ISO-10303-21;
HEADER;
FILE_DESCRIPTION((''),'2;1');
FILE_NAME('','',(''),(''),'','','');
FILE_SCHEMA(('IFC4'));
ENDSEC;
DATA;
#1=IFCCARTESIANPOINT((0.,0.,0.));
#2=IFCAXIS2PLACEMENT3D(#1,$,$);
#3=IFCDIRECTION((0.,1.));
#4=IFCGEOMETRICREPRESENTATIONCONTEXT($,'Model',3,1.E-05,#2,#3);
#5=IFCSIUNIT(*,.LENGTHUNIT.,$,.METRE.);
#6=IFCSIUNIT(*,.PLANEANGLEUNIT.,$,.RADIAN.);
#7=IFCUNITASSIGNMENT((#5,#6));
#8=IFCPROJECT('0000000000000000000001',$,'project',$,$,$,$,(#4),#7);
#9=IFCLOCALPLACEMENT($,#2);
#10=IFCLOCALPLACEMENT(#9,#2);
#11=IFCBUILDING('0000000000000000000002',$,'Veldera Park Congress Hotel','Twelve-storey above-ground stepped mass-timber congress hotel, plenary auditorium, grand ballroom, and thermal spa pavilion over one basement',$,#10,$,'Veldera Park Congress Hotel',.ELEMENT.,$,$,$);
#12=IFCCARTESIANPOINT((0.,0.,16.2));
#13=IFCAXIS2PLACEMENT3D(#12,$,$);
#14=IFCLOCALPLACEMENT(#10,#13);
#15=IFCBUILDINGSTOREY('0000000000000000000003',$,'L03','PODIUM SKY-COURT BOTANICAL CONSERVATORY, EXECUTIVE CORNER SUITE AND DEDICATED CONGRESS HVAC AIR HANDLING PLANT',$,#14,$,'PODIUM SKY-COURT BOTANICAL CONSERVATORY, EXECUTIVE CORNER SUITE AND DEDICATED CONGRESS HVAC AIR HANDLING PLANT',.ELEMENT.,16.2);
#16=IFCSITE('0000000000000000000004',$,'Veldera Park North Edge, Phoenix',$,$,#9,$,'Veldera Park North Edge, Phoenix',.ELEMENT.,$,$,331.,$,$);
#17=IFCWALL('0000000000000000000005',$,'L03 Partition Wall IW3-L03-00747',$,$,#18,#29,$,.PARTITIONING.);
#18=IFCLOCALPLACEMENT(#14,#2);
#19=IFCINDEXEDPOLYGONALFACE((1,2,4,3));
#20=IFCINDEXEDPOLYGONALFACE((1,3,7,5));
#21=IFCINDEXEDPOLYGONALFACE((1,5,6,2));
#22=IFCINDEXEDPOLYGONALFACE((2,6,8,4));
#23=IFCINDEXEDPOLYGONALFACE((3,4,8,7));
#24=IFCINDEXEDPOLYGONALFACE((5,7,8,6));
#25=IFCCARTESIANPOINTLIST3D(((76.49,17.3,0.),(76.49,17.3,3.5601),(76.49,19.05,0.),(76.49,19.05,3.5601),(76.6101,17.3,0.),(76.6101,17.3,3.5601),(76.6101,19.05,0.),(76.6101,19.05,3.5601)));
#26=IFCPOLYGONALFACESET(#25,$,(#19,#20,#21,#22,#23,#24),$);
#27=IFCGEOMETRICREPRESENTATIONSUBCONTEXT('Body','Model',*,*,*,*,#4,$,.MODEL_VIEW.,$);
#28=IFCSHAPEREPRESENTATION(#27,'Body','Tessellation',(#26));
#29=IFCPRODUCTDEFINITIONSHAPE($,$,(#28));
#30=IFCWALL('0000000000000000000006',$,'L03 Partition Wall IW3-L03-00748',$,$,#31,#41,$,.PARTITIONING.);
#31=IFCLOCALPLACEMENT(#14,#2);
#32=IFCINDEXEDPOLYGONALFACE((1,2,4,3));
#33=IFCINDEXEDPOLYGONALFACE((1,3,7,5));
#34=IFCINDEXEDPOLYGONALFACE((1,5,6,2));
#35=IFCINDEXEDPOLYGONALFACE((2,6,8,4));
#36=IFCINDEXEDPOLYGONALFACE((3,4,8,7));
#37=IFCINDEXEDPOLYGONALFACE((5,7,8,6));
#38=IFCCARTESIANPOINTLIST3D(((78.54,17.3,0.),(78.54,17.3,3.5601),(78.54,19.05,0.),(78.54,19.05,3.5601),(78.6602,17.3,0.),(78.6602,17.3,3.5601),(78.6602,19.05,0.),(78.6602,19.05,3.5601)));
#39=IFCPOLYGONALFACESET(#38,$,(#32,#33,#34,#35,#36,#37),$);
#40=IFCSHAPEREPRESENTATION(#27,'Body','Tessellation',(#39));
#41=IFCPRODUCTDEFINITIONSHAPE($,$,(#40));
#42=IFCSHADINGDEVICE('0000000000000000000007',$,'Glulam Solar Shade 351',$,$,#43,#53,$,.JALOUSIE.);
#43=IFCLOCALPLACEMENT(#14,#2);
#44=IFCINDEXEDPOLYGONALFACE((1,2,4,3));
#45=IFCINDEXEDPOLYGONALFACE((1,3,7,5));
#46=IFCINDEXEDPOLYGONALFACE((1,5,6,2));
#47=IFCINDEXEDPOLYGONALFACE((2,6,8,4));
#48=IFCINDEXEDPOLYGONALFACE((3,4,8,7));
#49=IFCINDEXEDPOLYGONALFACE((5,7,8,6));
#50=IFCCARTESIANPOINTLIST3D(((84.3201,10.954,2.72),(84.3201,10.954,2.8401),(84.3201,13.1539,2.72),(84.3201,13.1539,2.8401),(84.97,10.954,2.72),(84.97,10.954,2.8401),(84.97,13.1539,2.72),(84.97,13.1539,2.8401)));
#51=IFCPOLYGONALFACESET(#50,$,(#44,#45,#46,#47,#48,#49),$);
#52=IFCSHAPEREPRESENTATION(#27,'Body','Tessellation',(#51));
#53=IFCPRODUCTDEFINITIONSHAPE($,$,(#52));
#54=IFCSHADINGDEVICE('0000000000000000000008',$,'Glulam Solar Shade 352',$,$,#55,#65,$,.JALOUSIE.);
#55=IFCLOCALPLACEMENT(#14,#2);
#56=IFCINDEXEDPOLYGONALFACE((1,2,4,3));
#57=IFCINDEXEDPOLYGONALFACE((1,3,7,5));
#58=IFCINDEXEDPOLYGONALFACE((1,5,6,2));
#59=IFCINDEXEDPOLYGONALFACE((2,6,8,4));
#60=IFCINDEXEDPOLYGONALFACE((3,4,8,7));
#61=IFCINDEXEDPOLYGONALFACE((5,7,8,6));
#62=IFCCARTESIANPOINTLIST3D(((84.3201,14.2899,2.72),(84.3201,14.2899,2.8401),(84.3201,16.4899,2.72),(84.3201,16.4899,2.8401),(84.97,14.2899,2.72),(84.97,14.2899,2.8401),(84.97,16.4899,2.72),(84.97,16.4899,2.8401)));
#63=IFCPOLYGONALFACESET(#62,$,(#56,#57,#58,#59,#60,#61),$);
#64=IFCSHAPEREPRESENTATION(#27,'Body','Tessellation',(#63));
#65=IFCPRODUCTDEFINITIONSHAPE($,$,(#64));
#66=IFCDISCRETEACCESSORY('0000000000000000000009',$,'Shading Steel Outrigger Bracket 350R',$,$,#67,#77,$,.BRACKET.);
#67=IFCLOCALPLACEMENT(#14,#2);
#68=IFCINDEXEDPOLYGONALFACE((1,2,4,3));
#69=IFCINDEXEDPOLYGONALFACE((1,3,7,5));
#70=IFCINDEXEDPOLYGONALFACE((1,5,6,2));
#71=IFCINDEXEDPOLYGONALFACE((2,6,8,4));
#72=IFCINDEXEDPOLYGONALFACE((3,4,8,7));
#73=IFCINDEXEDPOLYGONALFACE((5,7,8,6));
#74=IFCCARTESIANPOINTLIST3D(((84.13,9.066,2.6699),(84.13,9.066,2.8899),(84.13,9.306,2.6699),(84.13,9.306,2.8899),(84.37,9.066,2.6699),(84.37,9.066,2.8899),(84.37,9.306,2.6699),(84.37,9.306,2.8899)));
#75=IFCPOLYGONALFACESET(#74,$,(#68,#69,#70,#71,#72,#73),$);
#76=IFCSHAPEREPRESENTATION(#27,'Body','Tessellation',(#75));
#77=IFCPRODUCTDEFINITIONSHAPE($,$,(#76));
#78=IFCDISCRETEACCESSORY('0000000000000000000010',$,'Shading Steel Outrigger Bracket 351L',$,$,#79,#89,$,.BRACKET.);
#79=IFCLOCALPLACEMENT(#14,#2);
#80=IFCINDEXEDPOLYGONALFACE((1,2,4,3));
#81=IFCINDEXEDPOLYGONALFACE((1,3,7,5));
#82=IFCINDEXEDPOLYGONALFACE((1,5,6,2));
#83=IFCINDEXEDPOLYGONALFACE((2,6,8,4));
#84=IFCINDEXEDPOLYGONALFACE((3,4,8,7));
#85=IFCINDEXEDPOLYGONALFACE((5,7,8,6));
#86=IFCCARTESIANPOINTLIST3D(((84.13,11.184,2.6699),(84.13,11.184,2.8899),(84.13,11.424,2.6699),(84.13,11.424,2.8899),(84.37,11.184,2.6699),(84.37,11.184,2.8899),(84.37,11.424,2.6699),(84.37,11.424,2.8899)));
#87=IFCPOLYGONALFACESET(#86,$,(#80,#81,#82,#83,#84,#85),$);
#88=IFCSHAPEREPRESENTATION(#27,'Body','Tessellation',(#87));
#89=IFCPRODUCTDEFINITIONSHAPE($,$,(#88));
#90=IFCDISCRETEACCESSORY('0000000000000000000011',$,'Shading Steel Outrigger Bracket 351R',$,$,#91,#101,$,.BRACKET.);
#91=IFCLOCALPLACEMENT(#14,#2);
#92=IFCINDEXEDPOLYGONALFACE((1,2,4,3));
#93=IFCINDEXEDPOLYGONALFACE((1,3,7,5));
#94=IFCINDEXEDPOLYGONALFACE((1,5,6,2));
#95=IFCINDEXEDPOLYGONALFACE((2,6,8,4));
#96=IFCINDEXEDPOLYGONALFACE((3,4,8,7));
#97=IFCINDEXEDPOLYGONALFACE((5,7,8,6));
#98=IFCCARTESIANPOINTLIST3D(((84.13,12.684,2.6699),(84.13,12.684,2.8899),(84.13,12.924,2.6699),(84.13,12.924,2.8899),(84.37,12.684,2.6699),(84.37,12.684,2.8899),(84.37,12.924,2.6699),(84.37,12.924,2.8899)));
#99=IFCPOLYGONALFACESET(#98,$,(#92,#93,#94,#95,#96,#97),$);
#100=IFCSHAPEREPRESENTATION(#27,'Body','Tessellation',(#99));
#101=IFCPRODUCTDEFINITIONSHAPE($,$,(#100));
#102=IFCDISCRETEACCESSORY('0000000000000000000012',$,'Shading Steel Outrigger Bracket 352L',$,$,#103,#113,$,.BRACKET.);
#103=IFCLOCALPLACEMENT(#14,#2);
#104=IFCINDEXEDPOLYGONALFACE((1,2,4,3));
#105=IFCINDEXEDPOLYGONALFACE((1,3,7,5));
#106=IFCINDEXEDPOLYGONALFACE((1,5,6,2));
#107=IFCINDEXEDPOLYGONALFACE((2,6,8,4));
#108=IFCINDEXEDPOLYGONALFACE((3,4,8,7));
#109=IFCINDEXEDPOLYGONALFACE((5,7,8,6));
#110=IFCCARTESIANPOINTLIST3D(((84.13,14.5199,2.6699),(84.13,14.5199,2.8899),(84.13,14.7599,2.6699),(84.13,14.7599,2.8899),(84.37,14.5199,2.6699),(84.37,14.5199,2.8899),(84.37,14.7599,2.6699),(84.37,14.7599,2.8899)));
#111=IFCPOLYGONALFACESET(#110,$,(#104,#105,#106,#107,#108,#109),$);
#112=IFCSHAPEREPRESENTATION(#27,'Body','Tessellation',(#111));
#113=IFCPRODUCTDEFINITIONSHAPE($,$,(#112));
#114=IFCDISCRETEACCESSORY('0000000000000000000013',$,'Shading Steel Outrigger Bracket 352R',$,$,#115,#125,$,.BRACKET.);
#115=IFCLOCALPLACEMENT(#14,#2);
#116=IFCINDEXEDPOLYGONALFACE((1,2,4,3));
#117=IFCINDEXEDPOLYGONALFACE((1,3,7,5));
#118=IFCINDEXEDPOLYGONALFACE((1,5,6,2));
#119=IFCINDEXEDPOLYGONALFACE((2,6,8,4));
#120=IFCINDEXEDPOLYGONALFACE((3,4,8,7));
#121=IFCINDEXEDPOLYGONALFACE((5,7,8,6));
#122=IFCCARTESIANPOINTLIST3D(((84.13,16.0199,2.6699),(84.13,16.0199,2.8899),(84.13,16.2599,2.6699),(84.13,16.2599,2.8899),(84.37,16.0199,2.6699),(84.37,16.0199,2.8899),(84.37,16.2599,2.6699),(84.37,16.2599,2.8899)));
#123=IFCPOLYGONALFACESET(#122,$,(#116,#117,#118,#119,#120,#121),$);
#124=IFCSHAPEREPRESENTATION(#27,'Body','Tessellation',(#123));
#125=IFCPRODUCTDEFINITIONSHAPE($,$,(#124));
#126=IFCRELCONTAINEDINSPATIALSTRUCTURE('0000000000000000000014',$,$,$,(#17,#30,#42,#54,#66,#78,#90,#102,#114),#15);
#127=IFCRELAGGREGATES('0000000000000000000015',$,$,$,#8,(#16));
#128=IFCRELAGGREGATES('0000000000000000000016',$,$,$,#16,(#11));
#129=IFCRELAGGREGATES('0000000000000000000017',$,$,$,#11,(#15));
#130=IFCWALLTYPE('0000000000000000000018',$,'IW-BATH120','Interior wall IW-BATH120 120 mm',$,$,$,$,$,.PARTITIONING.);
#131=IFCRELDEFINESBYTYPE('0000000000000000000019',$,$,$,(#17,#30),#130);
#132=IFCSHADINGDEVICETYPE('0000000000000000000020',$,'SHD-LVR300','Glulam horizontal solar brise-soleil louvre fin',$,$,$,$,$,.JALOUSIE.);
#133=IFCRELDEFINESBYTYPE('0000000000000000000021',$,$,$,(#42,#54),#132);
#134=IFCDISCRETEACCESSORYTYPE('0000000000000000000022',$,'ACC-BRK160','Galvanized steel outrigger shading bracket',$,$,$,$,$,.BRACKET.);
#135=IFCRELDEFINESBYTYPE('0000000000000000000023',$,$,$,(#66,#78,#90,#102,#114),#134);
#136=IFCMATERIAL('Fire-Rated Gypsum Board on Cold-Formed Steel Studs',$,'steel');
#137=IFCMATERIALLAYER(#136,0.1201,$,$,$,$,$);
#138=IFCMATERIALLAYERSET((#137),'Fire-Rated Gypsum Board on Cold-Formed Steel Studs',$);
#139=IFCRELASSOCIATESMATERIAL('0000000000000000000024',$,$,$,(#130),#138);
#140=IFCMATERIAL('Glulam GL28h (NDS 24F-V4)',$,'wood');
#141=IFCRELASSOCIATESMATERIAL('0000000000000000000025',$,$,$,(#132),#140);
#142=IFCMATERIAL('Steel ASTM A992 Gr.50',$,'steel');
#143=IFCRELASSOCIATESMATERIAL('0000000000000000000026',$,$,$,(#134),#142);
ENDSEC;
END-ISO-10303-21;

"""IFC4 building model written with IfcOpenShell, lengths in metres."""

from ifc_helpers import new_model, si_unit, direction, frame, frame_2d, origin, origin_2d, place, context, subcontext, project, spatial, rectangle, extrude, material, layer, layer_set, type_object, element, save


model = new_model("IFC4")

# Units and contexts
model_context = context("Model", 3, precision=1e-05, world=origin(), true_north=direction((0.0, 1.0)))
body_context = subcontext(model_context, "Body", "Model", "MODEL_VIEW")
ifc_project = project(units=[si_unit("LENGTHUNIT", "METRE"), si_unit("PLANEANGLEUNIT", "RADIAN")], contexts=[model_context])

# Site, building, storey
site_placement = place(None, origin())
site = spatial("IfcSite", under=ifc_project, at=site_placement, Name="Veldera Park North Edge, Phoenix", LongName="Veldera Park North Edge, Phoenix", CompositionType="ELEMENT", RefElevation=331.0)
building_placement = place(site_placement, origin())
building = spatial("IfcBuilding", under=site, at=building_placement, Name="Veldera Park Congress Hotel", Description="Twelve-storey above-ground stepped mass-timber congress hotel, plenary auditorium, grand ballroom, and thermal spa pavilion over one basement", LongName="Veldera Park Congress Hotel", CompositionType="ELEMENT")
storey_placement = place(building_placement, frame((0.0, 0.0, 16.2)))
storey = spatial("IfcBuildingStorey", under=building, at=storey_placement, Name="L03", Description="PODIUM SKY-COURT BOTANICAL CONSERVATORY, EXECUTIVE CORNER SUITE AND DEDICATED CONGRESS HVAC AIR HANDLING PLANT", LongName="PODIUM SKY-COURT BOTANICAL CONSERVATORY, EXECUTIVE CORNER SUITE AND DEDICATED CONGRESS HVAC AIR HANDLING PLANT", CompositionType="ELEMENT", Elevation=16.2)

# Shared definitions
ifc_material_1 = material(Name="Glulam GL28h (NDS 24F-V4)", Category="wood")

# Shared definitions
ifc_material_2 = material(Name="Fire-Rated Gypsum Board on Cold-Formed Steel Studs", Category="steel")
ifc_layer_1 = layer(ifc_material_2, 0.1201)
ifc_layer_set_1 = layer_set([ifc_layer_1], Name="Fire-Rated Gypsum Board on Cold-Formed Steel Studs")
wall_type_1 = type_object("IfcWallType", Name="IW-BATH120", Description="Interior wall IW-BATH120 120 mm", PredefinedType="PARTITIONING", material=ifc_layer_set_1)

# Walls
for number, where, z_axis, x_axis, name in (
    (1, (76.55, 17.3, 0.0), (0.0, 0.0, 1.0), (0.0, 1.0, 0.0), "L03 Partition Wall IW3-L03-00747"),
    (2, (78.6001, 17.3, 0.0), (0.0, 0.0, 1.0), (0.0, 1.0, 0.0), "L03 Partition Wall IW3-L03-00748"),
):
    element("IfcWall", number, at=place(storey_placement, frame(where, z_axis=z_axis, x_axis=x_axis)), inside=storey, type_object=wall_type_1, Name=name, PredefinedType="PARTITIONING", context=body_context, shape_type="SweptSolid", body=[
        extrude(rectangle(XDim=1.75, YDim=0.1201, at=frame_2d((0.875, 0.0))), origin(), (0.0, 0.0, 1.0), 3.5601),
    ])

# Shading devices
shading_device_type = type_object("IfcShadingDeviceType", Name="SHD-LVR300", Description="Glulam horizontal solar brise-soleil louvre fin", PredefinedType="JALOUSIE", material=ifc_material_1)
for number, where, z_axis, x_axis, name in (
    (3, (84.645, 12.054, 2.72), (0.0, 0.0, 1.0), (0.0, 1.0, 0.0), "Glulam Solar Shade 351"),
    (4, (84.645, 15.3899, 2.72), (0.0, 0.0, 1.0), (0.0, 1.0, 0.0), "Glulam Solar Shade 352"),
):
    element("IfcShadingDevice", number, at=place(storey_placement, frame(where, z_axis=z_axis, x_axis=x_axis)), inside=storey, type_object=shading_device_type, Name=name, PredefinedType="JALOUSIE", context=body_context, shape_type="SweptSolid", body=[
        extrude(rectangle(XDim=2.2, YDim=0.6499, at=origin_2d()), origin(), (0.0, 0.0, 1.0), 0.1201),
    ])

# Discrete accessories
ifc_material_3 = material(Name="Steel ASTM A992 Gr.50", Category="steel")
discrete_accessory_type = type_object("IfcDiscreteAccessoryType", Name="ACC-BRK160", Description="Galvanized steel outrigger shading bracket", PredefinedType="BRACKET", material=ifc_material_3)
for number, where, z_axis, x_axis, name in (
    (5, (84.25, 9.186, 2.6699), (0.0, 0.0, 1.0), (0.0, 1.0, 0.0), "Shading Steel Outrigger Bracket 350R"),
    (6, (84.25, 11.304, 2.6699), (0.0, 0.0, 1.0), (0.0, 1.0, 0.0), "Shading Steel Outrigger Bracket 351L"),
    (7, (84.25, 12.804, 2.6699), (0.0, 0.0, 1.0), (0.0, 1.0, 0.0), "Shading Steel Outrigger Bracket 351R"),
    (8, (84.25, 14.6399, 2.6699), (0.0, 0.0, 1.0), (0.0, 1.0, 0.0), "Shading Steel Outrigger Bracket 352L"),
    (9, (84.25, 16.1399, 2.6699), (0.0, 0.0, 1.0), (0.0, 1.0, 0.0), "Shading Steel Outrigger Bracket 352R"),
):
    element("IfcDiscreteAccessory", number, at=place(storey_placement, frame(where, z_axis=z_axis, x_axis=x_axis)), inside=storey, type_object=discrete_accessory_type, Name=name, PredefinedType="BRACKET", context=body_context, shape_type="SweptSolid", body=[
        extrude(rectangle(XDim=0.24, YDim=0.24, at=origin_2d()), origin(), (0.0, 0.0, 1.0), 0.22),
    ])

save(model, "model.ifc")
